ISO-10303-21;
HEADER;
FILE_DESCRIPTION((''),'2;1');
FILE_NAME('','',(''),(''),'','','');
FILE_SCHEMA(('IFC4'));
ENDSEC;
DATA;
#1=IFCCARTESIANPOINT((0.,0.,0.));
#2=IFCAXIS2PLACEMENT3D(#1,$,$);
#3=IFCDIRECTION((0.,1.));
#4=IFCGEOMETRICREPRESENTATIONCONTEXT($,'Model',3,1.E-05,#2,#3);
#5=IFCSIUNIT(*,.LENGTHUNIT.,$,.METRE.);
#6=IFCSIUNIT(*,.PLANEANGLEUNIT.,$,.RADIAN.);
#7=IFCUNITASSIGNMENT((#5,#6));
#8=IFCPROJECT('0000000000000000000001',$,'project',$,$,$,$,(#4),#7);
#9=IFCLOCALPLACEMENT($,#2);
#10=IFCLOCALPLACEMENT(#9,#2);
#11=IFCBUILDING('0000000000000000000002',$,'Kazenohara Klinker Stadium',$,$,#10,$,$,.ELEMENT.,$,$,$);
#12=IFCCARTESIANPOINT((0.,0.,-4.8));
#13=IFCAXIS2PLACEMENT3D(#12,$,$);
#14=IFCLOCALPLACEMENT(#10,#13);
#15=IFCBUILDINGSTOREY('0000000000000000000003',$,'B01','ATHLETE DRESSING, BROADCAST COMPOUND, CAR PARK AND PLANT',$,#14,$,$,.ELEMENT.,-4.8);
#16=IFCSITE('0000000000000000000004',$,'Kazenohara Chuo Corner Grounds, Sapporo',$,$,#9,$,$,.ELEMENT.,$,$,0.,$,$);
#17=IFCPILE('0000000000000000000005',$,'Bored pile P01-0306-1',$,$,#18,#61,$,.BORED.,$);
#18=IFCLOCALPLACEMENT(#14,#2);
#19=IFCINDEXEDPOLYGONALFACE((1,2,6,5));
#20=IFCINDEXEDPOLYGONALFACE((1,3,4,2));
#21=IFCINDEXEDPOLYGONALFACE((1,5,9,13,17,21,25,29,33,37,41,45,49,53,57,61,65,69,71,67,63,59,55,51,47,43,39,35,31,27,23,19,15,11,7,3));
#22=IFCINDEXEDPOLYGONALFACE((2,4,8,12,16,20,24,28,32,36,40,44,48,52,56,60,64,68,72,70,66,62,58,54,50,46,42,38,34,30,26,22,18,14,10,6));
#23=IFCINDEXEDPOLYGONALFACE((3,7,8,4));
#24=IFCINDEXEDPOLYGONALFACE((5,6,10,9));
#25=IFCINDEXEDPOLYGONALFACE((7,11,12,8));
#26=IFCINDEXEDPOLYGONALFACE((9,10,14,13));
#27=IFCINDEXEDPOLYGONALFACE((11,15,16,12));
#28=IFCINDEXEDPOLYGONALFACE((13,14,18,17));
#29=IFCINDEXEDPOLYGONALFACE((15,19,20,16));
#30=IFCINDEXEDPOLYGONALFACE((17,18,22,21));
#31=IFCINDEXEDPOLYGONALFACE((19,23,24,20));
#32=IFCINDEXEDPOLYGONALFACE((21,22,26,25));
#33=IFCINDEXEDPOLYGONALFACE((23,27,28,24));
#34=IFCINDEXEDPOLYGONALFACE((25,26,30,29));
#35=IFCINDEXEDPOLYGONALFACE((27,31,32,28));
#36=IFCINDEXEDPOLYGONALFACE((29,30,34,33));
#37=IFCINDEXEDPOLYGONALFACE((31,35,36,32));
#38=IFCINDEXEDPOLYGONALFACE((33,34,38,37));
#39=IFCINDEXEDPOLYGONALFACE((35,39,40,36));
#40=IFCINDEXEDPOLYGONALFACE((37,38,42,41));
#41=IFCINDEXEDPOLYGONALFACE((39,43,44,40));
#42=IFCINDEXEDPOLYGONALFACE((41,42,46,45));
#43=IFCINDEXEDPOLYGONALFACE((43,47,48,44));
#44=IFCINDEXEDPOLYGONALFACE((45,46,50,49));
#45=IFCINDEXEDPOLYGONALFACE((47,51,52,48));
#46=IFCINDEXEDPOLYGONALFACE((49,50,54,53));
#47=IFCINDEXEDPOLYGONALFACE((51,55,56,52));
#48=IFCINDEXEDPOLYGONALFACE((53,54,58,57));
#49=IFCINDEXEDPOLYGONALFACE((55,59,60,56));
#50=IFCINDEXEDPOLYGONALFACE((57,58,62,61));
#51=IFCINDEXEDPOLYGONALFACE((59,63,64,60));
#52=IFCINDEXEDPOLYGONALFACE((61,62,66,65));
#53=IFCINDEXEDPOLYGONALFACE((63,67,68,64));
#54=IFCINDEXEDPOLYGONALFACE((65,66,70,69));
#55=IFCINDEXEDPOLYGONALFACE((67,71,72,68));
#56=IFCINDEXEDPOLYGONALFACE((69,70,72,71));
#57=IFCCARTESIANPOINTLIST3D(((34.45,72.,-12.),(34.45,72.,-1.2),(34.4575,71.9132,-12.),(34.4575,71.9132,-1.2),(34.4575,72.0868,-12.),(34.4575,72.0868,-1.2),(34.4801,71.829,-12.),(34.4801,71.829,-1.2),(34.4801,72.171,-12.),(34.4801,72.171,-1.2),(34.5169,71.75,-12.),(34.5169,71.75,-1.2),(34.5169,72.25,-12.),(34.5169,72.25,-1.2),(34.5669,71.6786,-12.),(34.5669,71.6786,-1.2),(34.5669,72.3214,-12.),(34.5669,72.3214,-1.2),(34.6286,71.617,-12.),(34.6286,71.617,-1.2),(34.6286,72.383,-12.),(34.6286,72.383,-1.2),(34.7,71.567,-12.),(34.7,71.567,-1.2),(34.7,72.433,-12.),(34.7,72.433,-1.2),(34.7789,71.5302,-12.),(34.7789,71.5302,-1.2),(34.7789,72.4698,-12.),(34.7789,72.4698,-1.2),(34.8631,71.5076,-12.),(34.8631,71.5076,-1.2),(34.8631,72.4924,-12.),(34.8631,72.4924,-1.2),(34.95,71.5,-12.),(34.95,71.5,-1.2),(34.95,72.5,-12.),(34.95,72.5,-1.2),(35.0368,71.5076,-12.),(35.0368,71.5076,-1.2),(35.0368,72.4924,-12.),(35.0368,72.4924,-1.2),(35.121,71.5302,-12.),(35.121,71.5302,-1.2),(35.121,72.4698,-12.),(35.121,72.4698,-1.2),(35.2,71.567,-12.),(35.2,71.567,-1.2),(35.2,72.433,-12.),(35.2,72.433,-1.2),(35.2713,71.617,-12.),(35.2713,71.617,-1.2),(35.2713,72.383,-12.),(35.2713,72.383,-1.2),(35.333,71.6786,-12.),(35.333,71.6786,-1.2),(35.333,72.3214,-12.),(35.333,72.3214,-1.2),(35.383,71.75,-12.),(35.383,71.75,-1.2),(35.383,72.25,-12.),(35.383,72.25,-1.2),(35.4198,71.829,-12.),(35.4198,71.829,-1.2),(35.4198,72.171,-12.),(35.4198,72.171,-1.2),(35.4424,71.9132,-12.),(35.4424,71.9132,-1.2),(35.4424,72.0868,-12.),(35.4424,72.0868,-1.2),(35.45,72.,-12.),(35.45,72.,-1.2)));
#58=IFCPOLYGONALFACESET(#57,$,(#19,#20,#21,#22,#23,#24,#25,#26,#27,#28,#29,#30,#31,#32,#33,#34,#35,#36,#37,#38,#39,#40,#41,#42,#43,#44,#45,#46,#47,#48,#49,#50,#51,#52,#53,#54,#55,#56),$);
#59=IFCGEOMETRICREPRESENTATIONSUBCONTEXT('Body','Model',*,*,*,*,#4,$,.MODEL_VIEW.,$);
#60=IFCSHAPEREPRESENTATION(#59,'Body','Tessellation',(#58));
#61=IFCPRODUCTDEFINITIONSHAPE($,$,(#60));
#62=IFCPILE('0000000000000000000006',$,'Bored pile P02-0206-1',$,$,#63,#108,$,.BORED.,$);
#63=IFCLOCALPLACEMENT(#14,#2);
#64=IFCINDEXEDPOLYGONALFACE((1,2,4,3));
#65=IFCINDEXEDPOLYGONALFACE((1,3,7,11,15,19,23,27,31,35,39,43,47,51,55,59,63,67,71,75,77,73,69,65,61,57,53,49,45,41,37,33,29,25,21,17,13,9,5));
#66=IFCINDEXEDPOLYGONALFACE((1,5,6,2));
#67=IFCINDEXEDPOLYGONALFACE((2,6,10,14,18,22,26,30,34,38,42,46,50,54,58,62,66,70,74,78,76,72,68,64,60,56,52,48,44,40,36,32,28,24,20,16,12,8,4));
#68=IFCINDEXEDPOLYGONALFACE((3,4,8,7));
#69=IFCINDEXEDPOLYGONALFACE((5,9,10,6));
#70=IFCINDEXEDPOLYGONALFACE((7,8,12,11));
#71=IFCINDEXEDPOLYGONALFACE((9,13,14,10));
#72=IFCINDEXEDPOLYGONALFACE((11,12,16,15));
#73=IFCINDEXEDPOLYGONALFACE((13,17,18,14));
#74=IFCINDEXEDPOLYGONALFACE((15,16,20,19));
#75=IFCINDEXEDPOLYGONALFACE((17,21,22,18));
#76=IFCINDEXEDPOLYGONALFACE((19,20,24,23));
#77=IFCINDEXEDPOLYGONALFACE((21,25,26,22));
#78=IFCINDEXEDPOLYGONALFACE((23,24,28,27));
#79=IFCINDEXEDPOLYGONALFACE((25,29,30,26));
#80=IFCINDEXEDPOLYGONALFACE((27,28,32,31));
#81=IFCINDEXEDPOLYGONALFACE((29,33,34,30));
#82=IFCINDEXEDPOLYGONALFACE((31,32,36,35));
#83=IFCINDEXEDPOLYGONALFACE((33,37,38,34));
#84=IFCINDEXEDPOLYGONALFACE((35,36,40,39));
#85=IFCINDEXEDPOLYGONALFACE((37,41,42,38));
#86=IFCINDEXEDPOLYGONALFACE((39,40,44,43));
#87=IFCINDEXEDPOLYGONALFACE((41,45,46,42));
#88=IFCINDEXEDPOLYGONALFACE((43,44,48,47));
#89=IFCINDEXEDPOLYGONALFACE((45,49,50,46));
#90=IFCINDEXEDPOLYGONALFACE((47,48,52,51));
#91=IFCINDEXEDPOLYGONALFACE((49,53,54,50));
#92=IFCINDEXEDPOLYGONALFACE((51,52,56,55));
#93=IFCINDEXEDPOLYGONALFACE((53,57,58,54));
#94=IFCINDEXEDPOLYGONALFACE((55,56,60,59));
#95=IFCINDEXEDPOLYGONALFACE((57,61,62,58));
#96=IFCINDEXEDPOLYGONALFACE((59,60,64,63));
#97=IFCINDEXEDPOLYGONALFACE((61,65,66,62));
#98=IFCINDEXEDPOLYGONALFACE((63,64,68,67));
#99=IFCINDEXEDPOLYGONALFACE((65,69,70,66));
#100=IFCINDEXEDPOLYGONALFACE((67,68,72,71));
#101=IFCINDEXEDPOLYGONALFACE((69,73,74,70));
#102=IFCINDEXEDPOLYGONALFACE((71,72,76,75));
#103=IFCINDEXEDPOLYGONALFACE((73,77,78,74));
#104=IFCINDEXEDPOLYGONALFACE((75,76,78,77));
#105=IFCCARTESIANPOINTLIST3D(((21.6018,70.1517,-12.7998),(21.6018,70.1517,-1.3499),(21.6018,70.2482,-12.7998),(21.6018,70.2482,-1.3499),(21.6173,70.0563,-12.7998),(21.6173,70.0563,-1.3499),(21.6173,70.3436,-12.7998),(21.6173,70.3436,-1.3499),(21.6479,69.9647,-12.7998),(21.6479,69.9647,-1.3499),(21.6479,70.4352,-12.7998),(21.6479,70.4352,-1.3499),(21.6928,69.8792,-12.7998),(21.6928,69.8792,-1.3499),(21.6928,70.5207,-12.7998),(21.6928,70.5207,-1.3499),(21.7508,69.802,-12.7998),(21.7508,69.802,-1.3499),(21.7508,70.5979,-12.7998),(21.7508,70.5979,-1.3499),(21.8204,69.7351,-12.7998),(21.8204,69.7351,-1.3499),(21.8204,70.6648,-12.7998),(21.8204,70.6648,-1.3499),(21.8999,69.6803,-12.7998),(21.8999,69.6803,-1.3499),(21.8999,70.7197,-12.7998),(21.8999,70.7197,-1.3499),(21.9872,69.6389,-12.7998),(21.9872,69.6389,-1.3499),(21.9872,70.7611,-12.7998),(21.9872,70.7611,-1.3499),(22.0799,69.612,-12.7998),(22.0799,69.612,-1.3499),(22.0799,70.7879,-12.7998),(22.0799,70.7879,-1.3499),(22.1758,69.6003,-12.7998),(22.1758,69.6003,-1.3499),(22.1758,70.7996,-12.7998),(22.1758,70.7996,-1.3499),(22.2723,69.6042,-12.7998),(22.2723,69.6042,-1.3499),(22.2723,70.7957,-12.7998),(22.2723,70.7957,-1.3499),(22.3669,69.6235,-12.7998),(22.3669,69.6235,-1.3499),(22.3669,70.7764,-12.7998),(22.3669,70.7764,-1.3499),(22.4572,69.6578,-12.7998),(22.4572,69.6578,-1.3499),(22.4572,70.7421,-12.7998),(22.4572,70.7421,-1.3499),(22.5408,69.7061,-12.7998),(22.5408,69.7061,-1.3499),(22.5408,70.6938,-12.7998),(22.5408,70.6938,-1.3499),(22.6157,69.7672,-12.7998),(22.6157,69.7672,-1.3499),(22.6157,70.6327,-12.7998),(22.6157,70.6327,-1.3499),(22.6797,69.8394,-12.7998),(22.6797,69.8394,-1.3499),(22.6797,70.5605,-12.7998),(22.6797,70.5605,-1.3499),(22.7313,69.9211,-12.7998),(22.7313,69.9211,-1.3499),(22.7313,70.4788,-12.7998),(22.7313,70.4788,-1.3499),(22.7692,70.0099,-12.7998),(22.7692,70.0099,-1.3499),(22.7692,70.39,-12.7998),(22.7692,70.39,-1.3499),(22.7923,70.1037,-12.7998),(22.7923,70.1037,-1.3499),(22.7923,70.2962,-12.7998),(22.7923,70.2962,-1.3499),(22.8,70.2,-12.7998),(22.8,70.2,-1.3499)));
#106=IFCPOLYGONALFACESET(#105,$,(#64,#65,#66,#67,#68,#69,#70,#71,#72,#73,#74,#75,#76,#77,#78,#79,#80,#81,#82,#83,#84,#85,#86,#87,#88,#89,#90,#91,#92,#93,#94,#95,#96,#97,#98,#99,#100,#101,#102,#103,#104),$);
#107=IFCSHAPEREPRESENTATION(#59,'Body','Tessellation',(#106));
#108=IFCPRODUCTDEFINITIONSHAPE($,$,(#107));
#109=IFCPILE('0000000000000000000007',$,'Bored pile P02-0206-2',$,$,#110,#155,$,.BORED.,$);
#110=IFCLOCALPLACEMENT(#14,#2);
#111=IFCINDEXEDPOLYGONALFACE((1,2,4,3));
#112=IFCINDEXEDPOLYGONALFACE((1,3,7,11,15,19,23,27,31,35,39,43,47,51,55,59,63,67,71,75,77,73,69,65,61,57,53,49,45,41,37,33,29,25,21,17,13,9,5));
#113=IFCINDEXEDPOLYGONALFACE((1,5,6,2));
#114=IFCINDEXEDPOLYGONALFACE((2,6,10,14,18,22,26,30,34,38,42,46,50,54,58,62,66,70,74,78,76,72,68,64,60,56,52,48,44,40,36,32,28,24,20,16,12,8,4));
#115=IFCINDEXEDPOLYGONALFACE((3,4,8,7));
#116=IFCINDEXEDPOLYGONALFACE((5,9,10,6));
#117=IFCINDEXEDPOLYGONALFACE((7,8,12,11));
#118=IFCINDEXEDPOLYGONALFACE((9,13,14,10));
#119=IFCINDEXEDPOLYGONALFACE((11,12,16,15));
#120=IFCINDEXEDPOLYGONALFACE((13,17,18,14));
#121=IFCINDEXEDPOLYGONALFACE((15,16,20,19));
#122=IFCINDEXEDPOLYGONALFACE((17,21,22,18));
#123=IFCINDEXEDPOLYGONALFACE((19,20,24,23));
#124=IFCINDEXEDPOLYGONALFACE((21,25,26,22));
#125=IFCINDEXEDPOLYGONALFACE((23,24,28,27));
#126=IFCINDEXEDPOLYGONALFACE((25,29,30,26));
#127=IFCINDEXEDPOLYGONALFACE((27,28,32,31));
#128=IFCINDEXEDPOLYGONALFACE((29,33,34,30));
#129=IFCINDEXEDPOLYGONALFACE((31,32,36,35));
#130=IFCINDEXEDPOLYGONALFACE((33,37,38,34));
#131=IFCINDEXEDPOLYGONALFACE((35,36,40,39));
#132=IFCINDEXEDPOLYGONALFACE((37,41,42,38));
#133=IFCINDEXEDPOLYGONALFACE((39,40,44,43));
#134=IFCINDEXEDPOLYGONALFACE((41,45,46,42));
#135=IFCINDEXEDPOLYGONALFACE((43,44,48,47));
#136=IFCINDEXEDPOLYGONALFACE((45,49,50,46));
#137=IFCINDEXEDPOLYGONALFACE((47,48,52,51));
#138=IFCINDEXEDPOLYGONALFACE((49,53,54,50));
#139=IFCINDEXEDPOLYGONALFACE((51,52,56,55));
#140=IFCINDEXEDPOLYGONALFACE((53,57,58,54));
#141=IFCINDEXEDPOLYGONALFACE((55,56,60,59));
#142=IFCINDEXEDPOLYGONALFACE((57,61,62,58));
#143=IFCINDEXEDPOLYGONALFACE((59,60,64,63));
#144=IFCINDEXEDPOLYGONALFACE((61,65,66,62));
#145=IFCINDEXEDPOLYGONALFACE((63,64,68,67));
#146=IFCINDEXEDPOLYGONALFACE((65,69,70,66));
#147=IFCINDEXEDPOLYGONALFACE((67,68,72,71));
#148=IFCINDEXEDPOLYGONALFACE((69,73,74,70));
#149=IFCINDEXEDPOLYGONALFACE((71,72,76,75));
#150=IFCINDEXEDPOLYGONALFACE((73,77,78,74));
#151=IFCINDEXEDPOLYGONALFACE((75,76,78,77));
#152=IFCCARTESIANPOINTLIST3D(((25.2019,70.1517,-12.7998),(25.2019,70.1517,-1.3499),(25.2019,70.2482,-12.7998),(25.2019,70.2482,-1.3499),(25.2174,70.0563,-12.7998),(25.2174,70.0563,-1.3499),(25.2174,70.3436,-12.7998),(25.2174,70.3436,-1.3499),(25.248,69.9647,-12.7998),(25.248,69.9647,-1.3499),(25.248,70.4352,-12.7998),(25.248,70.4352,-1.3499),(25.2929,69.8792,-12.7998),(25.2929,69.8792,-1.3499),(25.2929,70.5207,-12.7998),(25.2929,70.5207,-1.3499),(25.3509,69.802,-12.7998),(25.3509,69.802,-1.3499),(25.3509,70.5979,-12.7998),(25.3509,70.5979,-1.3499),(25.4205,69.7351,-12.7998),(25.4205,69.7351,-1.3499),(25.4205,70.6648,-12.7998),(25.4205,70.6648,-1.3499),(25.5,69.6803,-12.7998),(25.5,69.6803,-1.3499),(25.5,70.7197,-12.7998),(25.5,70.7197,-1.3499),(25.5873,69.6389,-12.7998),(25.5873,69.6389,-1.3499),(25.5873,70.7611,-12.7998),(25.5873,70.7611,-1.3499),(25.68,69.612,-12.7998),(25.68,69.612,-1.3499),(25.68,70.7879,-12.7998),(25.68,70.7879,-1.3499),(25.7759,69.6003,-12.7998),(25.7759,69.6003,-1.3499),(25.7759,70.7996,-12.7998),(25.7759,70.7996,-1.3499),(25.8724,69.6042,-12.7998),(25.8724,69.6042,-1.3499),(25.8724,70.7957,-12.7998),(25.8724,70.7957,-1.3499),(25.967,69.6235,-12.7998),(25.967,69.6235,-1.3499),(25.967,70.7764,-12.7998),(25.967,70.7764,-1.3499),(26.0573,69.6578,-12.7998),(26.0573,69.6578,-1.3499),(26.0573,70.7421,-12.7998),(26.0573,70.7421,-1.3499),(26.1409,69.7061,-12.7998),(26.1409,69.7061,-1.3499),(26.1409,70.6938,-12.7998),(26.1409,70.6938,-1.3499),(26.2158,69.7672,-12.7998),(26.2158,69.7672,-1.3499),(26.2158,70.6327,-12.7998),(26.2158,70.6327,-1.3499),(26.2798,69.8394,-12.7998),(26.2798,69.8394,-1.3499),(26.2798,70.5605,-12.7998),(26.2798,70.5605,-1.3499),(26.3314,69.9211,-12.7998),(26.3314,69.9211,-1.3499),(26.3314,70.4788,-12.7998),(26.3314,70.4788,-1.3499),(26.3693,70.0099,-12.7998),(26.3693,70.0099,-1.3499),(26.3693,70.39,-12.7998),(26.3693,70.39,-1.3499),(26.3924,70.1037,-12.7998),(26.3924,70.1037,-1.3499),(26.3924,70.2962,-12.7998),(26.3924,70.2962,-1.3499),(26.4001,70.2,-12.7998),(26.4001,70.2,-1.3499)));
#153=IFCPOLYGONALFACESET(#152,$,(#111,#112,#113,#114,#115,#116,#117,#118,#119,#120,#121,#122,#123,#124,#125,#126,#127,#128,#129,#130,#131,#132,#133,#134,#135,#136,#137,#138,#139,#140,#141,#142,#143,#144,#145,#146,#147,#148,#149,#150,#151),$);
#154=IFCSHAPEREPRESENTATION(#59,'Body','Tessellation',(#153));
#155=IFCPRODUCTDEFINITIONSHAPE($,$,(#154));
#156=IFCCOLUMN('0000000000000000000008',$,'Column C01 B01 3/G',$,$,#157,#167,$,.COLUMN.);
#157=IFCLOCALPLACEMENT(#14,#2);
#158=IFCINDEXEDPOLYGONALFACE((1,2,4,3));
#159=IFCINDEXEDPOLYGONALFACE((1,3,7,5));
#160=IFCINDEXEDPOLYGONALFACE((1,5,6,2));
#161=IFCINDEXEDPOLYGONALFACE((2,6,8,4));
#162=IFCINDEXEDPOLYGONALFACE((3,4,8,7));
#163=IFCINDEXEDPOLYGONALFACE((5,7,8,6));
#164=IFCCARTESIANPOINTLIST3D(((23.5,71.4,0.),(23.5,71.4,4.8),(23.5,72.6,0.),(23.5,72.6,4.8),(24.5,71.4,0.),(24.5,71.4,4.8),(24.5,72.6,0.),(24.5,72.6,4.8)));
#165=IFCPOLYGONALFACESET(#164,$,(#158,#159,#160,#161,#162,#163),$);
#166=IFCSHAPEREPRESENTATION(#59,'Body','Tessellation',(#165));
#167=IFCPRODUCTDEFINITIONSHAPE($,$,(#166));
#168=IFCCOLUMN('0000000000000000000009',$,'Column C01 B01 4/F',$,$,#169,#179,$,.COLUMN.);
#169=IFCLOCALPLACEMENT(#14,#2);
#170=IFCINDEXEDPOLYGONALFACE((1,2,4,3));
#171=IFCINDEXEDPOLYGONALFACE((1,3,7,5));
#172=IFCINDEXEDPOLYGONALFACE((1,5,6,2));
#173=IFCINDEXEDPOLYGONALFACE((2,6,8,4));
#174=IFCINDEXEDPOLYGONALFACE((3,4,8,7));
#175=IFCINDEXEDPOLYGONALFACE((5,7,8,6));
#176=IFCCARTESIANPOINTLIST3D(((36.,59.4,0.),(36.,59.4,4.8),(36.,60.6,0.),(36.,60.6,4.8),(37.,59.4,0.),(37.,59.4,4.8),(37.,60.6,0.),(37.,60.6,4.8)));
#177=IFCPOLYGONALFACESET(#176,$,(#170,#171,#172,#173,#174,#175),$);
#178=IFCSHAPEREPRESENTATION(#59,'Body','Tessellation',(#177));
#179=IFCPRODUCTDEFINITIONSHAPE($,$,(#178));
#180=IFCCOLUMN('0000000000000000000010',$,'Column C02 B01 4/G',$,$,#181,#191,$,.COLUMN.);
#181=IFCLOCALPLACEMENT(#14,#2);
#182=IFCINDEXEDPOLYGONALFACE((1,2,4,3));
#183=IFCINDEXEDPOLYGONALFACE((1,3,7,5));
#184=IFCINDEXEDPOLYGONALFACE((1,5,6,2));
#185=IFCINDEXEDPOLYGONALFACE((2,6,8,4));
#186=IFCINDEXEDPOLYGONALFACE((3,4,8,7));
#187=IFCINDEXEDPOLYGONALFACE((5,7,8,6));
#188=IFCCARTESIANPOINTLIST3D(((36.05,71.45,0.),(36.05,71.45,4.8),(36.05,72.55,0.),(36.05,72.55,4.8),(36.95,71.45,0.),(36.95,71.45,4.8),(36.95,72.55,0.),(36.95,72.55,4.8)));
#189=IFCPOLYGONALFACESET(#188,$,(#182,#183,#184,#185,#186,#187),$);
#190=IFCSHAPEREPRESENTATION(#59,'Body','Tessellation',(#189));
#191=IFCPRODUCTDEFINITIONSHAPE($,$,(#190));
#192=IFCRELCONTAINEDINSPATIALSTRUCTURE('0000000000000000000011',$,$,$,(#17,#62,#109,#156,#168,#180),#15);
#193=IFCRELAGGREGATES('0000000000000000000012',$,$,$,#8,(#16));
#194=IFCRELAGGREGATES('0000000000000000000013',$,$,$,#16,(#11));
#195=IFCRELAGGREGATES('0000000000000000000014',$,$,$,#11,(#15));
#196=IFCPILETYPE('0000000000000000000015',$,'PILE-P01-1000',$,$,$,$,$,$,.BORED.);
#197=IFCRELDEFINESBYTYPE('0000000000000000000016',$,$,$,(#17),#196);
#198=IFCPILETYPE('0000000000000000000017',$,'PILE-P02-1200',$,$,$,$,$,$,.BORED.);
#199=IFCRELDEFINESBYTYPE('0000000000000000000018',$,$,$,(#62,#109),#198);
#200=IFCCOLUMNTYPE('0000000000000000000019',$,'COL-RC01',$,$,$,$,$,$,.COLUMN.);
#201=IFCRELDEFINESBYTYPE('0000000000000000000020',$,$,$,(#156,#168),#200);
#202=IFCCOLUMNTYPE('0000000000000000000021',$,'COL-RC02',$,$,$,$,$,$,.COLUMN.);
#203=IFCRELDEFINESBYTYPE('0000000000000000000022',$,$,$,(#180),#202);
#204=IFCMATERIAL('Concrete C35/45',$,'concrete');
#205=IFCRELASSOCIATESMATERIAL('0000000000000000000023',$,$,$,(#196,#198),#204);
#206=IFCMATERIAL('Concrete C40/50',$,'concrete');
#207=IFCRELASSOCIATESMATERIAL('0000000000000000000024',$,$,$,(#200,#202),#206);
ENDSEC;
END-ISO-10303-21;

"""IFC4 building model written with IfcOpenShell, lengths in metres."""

from ifc_helpers import new_model, si_unit, direction, frame, origin, origin_2d, place, context, subcontext, project, spatial, rectangle, circle, extrude, material, material_profile, profile_set, type_object, element, save


model = new_model("IFC4")

# Units and contexts
model_context = context("Model", 3, precision=1e-05, world=origin(), true_north=direction((0.0, 1.0)))
body_context = subcontext(model_context, "Body", "Model", "MODEL_VIEW")
ifc_project = project(units=[si_unit("LENGTHUNIT", "METRE"), si_unit("PLANEANGLEUNIT", "RADIAN")], contexts=[model_context])

# Site, building, storey
site_placement = place(None, origin())
site = spatial("IfcSite", under=ifc_project, at=site_placement, Name="Kazenohara Chuo Corner Grounds, Sapporo", CompositionType="ELEMENT", RefElevation=0.0)
building_placement = place(site_placement, origin())
building = spatial("IfcBuilding", under=site, at=building_placement, Name="Kazenohara Klinker Stadium", CompositionType="ELEMENT")
storey_placement = place(building_placement, frame((0.0, 0.0, -4.8)))
storey = spatial("IfcBuildingStorey", under=building, at=storey_placement, Name="B01", Description="ATHLETE DRESSING, BROADCAST COMPOUND, CAR PARK AND PLANT", CompositionType="ELEMENT", Elevation=-4.8)

# Shared definitions
ifc_material_1 = material(Name="Concrete C35/45", Category="concrete")

# Piles
ifc_material_profile_1 = material_profile(ifc_material_1, circle(Radius=0.5, at=origin_2d()), Name="BORED-PILE-1000")
ifc_profile_set_1 = profile_set([ifc_material_profile_1], Name="Concrete C35/45")
pile_type_1 = type_object("IfcPileType", Name="PILE-P01-1000", PredefinedType="BORED", material=ifc_profile_set_1)
pile_placement = place(storey_placement, frame((34.95, 72.0, -1.2), z_axis=(0.0, 0.0, -1.0), x_axis=(1.0, 0.0, 0.0)))
element("IfcPile", 1, at=pile_placement, inside=storey, type_object=pile_type_1, Name="Bored pile P01-0306-1", PredefinedType="BORED", context=body_context, shape_type="SweptSolid", body=[
    extrude(circle(Radius=0.5, at=origin_2d()), origin(), (0.0, 0.0, 1.0), 10.8),
])
ifc_material_profile_2 = material_profile(ifc_material_1, circle(Radius=0.6001, at=origin_2d()), Name="BORED-PILE-1200")
ifc_profile_set_2 = profile_set([ifc_material_profile_2], Name="Concrete C35/45")
pile_type_2 = type_object("IfcPileType", Name="PILE-P02-1200", PredefinedType="BORED", material=ifc_profile_set_2)
for number, where, z_axis, x_axis, name in (
    (2, (22.2, 70.2, -1.3499), (0.0, 0.0, -1.0), (1.0, 0.0, 0.0), "Bored pile P02-0206-1"),
    (3, (25.8, 70.2, -1.3499), (0.0, 0.0, -1.0), (1.0, 0.0, 0.0), "Bored pile P02-0206-2"),
):
    element("IfcPile", number, at=place(storey_placement, frame(where, z_axis=z_axis, x_axis=x_axis)), inside=storey, type_object=pile_type_2, Name=name, PredefinedType="BORED", context=body_context, shape_type="SweptSolid", body=[
        extrude(circle(Radius=0.6001, at=origin_2d()), origin(), (0.0, 0.0, 1.0), 11.45),
    ])

# Columns
ifc_material_2 = material(Name="Concrete C40/50", Category="concrete")
ifc_material_profile_3 = material_profile(ifc_material_2, rectangle(XDim=1.0, YDim=1.2, at=origin_2d()), Name="RC-COL-1200x1000")
ifc_profile_set_3 = profile_set([ifc_material_profile_3], Name="Concrete C40/50")
column_type_1 = type_object("IfcColumnType", Name="COL-RC01", PredefinedType="COLUMN", material=ifc_profile_set_3)
for number, where, z_axis, x_axis, name in (
    (4, (24.0, 72.0, 0.0), (0.0, 0.0, 1.0), (1.0, 0.0, 0.0), "Column C01 B01 3/G"),
    (5, (36.5, 60.0, 0.0), (0.0, 0.0, 1.0), (1.0, 0.0, 0.0), "Column C01 B01 4/F"),
):
    element("IfcColumn", number, at=place(storey_placement, frame(where, z_axis=z_axis, x_axis=x_axis)), inside=storey, type_object=column_type_1, Name=name, PredefinedType="COLUMN", context=body_context, shape_type="SweptSolid", body=[
        extrude(rectangle(XDim=1.0, YDim=1.2, at=origin_2d()), origin(), (0.0, 0.0, 1.0), 4.8),
    ])
ifc_material_profile_4 = material_profile(ifc_material_2, rectangle(XDim=0.8999, YDim=1.1001, at=origin_2d()), Name="RC-COL-1100x900")
ifc_profile_set_4 = profile_set([ifc_material_profile_4], Name="Concrete C40/50")
column_type_2 = type_object("IfcColumnType", Name="COL-RC02", PredefinedType="COLUMN", material=ifc_profile_set_4)
column_1_placement = place(storey_placement, frame((36.5, 72.0, 0.0), z_axis=(0.0, 0.0, 1.0), x_axis=(1.0, 0.0, 0.0)))
element("IfcColumn", 6, at=column_1_placement, inside=storey, type_object=column_type_2, Name="Column C02 B01 4/G", PredefinedType="COLUMN", context=body_context, shape_type="SweptSolid", body=[
    extrude(rectangle(XDim=0.8999, YDim=1.1001, at=origin_2d()), origin(), (0.0, 0.0, 1.0), 4.8),
])

save(model, "model.ifc")
